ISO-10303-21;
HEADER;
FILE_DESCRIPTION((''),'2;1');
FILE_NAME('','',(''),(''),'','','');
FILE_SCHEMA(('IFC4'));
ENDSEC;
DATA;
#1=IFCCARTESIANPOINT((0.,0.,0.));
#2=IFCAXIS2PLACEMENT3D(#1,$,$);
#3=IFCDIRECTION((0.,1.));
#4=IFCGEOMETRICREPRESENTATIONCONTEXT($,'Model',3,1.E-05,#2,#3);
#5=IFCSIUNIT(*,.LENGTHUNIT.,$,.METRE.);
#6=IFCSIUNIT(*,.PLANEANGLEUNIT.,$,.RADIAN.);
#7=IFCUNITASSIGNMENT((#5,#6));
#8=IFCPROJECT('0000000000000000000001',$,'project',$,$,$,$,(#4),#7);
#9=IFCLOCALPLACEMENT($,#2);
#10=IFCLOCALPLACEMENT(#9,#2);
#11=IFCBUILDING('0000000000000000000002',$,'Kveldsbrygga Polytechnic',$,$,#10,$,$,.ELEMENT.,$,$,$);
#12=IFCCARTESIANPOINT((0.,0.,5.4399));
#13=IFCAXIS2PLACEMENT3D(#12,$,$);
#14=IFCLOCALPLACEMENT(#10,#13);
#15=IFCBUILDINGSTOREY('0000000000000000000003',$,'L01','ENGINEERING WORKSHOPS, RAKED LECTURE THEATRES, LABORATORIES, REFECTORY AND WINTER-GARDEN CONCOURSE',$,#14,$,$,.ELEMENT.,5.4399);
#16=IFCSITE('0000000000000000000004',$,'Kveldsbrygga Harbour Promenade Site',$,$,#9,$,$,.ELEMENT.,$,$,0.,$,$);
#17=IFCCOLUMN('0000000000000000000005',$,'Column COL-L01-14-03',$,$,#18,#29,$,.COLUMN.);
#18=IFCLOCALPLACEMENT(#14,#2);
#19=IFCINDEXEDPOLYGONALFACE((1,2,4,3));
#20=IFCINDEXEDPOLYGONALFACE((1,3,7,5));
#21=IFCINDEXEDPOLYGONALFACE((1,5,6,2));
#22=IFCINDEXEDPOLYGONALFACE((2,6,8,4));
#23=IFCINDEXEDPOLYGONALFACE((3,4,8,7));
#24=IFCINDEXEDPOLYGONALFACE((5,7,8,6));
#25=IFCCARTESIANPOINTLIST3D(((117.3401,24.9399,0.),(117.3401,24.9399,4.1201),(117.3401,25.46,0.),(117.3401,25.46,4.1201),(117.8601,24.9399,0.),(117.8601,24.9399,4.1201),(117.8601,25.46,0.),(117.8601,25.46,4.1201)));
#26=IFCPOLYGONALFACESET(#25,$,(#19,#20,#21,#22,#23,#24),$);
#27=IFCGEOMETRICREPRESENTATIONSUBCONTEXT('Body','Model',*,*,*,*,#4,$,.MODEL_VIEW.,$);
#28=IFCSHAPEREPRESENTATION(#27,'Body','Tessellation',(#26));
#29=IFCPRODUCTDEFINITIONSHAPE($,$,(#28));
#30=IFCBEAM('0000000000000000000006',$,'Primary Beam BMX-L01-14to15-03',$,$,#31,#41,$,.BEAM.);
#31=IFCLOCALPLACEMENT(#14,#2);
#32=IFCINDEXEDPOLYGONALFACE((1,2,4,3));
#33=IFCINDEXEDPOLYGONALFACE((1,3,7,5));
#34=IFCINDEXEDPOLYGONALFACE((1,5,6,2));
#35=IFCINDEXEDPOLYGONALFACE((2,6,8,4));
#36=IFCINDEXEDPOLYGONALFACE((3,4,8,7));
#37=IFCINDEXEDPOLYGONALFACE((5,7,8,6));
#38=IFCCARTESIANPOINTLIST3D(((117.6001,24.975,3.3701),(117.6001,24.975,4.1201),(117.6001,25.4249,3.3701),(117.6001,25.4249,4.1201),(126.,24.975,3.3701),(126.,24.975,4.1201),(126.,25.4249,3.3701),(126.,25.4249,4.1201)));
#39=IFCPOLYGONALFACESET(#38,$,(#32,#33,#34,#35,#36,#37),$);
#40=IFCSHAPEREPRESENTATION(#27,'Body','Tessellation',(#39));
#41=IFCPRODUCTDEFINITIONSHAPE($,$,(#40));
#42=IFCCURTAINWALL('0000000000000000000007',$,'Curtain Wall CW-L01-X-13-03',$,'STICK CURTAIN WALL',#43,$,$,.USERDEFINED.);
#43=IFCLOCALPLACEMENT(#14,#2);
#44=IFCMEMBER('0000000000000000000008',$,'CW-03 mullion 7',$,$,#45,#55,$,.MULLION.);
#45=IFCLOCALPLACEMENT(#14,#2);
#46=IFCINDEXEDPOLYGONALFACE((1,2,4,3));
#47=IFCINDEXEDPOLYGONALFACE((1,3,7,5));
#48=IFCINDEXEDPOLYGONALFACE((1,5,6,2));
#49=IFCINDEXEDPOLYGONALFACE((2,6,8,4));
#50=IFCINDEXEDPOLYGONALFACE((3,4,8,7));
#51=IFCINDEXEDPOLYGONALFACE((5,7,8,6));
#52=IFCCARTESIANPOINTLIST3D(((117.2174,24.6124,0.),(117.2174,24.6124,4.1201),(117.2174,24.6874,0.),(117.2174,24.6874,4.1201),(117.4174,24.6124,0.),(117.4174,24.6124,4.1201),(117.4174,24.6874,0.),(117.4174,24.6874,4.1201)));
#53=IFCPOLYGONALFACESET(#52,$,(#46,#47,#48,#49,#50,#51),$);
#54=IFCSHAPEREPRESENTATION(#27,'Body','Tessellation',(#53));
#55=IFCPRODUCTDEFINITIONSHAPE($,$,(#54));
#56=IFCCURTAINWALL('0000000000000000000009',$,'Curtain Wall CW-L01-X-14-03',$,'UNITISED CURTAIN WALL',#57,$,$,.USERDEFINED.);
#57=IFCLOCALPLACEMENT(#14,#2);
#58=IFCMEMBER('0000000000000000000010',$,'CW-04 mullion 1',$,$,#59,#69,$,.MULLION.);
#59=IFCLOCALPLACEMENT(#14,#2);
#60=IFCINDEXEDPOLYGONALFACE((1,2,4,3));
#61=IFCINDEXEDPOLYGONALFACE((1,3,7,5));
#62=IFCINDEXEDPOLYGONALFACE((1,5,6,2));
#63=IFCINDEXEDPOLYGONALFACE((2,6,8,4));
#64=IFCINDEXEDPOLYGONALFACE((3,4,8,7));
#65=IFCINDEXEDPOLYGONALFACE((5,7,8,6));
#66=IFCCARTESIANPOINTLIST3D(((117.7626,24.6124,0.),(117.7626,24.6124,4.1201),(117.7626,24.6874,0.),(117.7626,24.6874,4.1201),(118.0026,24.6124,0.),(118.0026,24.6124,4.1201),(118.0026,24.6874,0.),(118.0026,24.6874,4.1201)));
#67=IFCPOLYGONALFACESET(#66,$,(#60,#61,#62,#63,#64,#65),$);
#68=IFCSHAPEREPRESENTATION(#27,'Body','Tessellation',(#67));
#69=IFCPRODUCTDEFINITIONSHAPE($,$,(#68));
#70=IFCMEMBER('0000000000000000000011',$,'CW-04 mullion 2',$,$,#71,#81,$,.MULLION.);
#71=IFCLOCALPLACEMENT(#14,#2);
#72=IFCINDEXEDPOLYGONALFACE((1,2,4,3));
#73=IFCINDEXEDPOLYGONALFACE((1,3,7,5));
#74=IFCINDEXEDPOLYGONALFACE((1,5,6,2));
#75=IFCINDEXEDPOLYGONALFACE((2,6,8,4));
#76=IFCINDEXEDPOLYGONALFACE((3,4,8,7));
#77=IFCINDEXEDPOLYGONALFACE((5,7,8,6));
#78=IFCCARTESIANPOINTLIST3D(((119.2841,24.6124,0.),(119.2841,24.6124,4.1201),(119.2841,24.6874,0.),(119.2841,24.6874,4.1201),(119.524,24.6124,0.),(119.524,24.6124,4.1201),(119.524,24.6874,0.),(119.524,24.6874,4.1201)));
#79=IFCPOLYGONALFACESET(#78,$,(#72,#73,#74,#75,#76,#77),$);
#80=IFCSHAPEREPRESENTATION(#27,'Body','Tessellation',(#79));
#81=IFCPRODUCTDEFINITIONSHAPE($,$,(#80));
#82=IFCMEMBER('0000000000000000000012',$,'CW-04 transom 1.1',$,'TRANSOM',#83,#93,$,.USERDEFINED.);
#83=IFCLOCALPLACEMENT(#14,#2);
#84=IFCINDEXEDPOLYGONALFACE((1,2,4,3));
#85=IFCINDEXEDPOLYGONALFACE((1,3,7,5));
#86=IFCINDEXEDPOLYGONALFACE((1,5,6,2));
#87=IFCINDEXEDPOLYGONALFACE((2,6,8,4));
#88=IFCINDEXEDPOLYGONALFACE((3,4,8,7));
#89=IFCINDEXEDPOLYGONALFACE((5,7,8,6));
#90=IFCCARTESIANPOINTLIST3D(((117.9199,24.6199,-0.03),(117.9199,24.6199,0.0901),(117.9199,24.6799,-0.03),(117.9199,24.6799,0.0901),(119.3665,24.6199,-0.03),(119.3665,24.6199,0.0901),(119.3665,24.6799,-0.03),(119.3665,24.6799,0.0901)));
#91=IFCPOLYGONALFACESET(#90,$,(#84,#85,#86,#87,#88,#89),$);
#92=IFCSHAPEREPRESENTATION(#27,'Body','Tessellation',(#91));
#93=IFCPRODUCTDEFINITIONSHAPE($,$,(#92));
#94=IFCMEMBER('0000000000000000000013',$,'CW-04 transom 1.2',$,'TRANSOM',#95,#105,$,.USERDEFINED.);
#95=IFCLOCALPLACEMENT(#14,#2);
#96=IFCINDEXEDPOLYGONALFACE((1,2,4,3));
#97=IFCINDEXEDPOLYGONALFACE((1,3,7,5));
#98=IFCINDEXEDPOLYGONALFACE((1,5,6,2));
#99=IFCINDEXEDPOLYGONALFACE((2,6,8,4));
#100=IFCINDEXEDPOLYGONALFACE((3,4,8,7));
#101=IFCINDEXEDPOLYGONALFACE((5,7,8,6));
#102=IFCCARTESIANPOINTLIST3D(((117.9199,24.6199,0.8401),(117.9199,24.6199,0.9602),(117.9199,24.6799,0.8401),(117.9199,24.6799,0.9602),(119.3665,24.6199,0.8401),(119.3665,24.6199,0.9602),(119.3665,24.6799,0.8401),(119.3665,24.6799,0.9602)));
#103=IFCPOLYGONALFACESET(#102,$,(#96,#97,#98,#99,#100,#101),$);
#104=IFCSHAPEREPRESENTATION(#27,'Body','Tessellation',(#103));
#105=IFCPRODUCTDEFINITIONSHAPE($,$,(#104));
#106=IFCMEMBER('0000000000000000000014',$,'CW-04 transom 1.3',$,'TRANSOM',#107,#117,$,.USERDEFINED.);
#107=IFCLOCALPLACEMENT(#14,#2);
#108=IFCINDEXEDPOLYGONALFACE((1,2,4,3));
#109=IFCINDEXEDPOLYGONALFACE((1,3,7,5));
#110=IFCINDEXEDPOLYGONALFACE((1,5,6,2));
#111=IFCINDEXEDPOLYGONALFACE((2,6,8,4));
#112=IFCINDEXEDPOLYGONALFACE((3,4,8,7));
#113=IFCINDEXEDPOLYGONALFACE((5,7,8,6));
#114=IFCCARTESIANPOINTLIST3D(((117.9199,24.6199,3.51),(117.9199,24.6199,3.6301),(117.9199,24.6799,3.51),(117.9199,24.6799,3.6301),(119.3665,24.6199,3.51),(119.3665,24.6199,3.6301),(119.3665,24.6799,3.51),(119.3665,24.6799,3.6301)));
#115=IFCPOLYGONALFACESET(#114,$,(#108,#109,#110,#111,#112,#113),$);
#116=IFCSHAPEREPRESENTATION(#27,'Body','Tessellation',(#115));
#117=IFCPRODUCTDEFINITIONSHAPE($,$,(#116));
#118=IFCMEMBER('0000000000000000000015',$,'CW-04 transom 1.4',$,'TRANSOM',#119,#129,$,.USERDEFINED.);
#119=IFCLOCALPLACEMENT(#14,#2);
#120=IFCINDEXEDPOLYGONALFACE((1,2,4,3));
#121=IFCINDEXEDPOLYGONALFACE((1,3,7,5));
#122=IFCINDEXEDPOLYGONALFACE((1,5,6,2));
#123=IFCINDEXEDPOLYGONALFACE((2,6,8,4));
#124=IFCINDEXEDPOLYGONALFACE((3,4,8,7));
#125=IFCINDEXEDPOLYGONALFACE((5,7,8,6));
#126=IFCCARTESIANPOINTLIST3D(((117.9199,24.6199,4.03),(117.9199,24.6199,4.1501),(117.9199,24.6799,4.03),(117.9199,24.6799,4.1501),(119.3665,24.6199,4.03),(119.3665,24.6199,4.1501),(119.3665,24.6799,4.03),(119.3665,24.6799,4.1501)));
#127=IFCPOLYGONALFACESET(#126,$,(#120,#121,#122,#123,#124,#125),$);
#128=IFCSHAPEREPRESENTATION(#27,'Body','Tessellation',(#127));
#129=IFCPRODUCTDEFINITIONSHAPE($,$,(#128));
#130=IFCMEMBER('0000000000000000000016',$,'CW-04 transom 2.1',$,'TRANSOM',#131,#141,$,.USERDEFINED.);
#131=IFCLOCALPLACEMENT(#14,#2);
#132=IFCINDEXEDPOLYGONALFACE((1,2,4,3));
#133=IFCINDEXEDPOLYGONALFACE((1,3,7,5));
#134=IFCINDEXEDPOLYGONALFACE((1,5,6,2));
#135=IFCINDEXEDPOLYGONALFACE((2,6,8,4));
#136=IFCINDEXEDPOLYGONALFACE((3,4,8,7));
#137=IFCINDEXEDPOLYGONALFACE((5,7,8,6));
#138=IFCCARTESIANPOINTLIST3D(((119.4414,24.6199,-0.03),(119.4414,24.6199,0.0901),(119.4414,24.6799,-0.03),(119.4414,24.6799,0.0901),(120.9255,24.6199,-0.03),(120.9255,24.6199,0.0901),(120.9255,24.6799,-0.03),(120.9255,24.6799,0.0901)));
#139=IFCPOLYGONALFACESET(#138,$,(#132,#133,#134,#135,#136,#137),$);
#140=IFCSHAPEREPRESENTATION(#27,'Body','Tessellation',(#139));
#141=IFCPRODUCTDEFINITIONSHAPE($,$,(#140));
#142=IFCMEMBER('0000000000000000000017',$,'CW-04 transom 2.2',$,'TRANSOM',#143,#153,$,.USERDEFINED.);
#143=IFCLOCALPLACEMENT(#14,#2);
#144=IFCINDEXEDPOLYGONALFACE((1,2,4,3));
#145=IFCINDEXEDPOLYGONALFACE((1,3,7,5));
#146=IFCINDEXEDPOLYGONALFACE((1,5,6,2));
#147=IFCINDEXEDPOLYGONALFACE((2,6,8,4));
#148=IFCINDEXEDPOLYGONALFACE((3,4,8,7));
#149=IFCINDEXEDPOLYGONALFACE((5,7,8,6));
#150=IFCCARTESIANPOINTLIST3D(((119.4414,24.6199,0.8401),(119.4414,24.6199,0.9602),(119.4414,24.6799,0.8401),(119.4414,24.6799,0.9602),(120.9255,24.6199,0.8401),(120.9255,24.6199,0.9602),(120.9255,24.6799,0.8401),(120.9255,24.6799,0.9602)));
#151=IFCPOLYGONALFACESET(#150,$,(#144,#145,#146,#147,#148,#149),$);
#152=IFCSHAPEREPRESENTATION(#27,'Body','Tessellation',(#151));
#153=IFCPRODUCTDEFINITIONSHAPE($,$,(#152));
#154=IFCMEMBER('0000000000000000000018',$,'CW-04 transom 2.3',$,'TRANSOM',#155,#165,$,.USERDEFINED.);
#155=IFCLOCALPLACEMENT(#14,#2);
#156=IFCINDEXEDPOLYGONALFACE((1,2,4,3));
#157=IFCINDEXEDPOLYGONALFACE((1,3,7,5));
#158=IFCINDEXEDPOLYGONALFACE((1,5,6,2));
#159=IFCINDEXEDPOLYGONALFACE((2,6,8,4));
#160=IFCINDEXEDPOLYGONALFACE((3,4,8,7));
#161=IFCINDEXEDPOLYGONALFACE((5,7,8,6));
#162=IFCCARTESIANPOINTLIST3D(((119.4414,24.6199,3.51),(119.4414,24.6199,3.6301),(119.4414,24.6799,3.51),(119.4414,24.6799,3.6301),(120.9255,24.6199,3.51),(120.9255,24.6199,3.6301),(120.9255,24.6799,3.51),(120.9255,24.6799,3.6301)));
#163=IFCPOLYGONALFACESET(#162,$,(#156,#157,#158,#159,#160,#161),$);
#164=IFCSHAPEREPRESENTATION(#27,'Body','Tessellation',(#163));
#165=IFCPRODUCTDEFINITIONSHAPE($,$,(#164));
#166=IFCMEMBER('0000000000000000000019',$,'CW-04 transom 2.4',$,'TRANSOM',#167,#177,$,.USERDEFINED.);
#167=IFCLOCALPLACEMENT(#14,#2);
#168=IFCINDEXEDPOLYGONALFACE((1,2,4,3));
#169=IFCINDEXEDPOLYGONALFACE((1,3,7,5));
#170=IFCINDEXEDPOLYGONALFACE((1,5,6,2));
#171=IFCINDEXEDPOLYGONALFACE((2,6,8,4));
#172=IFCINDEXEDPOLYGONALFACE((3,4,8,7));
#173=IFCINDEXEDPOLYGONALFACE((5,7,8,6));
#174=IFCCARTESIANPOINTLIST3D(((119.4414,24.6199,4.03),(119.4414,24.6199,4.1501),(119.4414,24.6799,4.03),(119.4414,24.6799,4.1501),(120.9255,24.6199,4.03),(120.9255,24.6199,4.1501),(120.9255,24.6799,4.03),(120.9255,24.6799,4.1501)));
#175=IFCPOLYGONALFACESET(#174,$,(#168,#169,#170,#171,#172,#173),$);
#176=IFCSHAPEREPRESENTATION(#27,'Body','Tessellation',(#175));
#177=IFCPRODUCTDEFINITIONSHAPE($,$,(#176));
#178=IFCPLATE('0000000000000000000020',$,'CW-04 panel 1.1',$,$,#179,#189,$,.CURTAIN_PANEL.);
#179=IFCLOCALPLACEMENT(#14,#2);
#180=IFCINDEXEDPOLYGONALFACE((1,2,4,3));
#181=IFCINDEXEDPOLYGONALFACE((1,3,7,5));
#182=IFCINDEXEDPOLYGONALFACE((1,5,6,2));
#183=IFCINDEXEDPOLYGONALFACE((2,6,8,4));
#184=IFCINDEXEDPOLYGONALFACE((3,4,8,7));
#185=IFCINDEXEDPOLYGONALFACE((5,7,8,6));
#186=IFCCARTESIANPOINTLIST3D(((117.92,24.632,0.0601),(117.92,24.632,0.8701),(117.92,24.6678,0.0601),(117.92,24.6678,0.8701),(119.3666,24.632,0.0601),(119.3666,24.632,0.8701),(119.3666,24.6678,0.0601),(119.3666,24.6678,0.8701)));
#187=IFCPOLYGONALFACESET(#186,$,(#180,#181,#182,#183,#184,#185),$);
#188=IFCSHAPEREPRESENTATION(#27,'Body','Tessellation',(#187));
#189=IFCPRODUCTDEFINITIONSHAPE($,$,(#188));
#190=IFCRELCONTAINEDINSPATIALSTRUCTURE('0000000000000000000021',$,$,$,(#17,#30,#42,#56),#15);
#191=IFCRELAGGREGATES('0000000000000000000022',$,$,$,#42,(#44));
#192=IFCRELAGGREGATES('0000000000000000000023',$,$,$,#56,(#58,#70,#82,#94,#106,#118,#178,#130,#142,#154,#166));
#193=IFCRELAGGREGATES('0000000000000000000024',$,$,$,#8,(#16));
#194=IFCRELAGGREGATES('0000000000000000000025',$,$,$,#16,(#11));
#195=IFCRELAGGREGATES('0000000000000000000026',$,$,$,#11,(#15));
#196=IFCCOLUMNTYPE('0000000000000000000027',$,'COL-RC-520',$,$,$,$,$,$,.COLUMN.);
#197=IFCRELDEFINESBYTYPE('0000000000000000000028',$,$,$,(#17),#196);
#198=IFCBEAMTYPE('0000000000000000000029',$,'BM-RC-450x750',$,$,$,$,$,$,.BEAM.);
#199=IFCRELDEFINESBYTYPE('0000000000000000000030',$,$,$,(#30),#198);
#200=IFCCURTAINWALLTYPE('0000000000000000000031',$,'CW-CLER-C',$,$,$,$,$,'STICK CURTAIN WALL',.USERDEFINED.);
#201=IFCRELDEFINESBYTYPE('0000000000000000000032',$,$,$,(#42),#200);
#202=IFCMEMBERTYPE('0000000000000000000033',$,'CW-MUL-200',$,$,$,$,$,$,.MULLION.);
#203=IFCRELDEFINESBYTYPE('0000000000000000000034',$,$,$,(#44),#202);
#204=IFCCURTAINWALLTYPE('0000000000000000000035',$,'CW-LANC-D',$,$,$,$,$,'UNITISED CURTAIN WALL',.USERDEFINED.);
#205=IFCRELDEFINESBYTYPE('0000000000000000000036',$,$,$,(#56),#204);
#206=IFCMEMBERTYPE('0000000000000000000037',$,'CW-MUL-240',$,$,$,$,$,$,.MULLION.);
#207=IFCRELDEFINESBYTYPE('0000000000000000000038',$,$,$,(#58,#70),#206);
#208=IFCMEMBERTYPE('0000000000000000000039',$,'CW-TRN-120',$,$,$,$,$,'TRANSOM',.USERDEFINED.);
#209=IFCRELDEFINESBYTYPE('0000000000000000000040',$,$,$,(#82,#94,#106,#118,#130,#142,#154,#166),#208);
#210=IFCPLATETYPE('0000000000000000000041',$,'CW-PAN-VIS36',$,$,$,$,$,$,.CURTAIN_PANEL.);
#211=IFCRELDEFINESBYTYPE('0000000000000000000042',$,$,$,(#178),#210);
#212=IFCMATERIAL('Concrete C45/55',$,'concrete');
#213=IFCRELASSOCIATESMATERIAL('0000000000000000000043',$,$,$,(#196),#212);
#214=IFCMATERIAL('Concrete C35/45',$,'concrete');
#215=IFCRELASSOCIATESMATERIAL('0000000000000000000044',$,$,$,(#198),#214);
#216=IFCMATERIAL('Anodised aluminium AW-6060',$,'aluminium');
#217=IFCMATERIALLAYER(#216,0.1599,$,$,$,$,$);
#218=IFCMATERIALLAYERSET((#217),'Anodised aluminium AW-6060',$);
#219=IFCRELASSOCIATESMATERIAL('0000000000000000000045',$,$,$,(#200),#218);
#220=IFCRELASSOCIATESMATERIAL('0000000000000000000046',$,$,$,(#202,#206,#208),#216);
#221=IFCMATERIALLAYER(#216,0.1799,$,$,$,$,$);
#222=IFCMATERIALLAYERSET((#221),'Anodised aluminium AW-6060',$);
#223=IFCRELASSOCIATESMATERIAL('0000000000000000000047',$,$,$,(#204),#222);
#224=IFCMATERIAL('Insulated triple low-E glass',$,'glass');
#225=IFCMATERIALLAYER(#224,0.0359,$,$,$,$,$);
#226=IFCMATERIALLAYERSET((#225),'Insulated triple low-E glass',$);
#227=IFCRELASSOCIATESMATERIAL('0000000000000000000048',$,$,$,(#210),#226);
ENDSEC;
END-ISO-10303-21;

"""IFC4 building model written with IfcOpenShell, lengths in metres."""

from ifc_helpers import new_model, si_unit, direction, frame, origin, origin_2d, place, context, subcontext, project, spatial, rectangle, extrude, material, layer, layer_set, material_profile, profile_set, type_object, element, aggregate, save


model = new_model("IFC4")

# Units and contexts
model_context = context("Model", 3, precision=1e-05, world=origin(), true_north=direction((0.0, 1.0)))
body_context = subcontext(model_context, "Body", "Model", "MODEL_VIEW")
ifc_project = project(units=[si_unit("LENGTHUNIT", "METRE"), si_unit("PLANEANGLEUNIT", "RADIAN")], contexts=[model_context])

# Site, building, storey
site_placement = place(None, origin())
site = spatial("IfcSite", under=ifc_project, at=site_placement, Name="Kveldsbrygga Harbour Promenade Site", CompositionType="ELEMENT", RefElevation=0.0)
building_placement = place(site_placement, origin())
building = spatial("IfcBuilding", under=site, at=building_placement, Name="Kveldsbrygga Polytechnic", CompositionType="ELEMENT")
storey_placement = place(building_placement, frame((0.0, 0.0, 5.4399)))
storey = spatial("IfcBuildingStorey", under=building, at=storey_placement, Name="L01", Description="ENGINEERING WORKSHOPS, RAKED LECTURE THEATRES, LABORATORIES, REFECTORY AND WINTER-GARDEN CONCOURSE", CompositionType="ELEMENT", Elevation=5.4399)

# Column
ifc_material_1 = material(Name="Concrete C45/55", Category="concrete")
ifc_material_profile_1 = material_profile(ifc_material_1, rectangle(XDim=0.52, YDim=0.52, at=origin_2d()), Name="RC 520x520")
ifc_profile_set_1 = profile_set([ifc_material_profile_1], Name="Concrete C45/55")
column_type = type_object("IfcColumnType", Name="COL-RC-520", PredefinedType="COLUMN", material=ifc_profile_set_1)
column_placement = place(storey_placement, frame((117.6001, 25.2, 0.0), z_axis=(0.0, 0.0, 1.0), x_axis=(1.0, 0.0, 0.0)))
element("IfcColumn", 1, at=column_placement, inside=storey, type_object=column_type, Name="Column COL-L01-14-03", PredefinedType="COLUMN", context=body_context, shape_type="SweptSolid", body=[
    extrude(rectangle(XDim=0.52, YDim=0.52, at=origin_2d()), origin(), (0.0, 0.0, 1.0), 4.1201),
])

# Beam
ifc_material_2 = material(Name="Concrete C35/45", Category="concrete")
ifc_material_profile_2 = material_profile(ifc_material_2, rectangle(XDim=0.45, YDim=0.75, at=origin_2d()), Name="RC 450x750")
ifc_profile_set_2 = profile_set([ifc_material_profile_2], Name="Concrete C35/45")
beam_type = type_object("IfcBeamType", Name="BM-RC-450x750", PredefinedType="BEAM", material=ifc_profile_set_2)
beam_placement = place(storey_placement, frame((117.6001, 25.2, 3.7451), z_axis=(1.0, 0.0, 0.0), x_axis=(0.0, 1.0, 0.0)))
element("IfcBeam", 2, at=beam_placement, inside=storey, type_object=beam_type, Name="Primary Beam BMX-L01-14to15-03", PredefinedType="BEAM", context=body_context, shape_type="SweptSolid", body=[
    extrude(rectangle(XDim=0.45, YDim=0.75, at=origin_2d()), origin(), (0.0, 0.0, 1.0), 8.3999),
])

# Curtain wall, member
ifc_material_3 = material(Name="Anodised aluminium AW-6060", Category="aluminium")
ifc_layer_1 = layer(ifc_material_3, 0.1599)
ifc_layer_set_1 = layer_set([ifc_layer_1], Name="Anodised aluminium AW-6060")
curtain_wall_type_1 = type_object("IfcCurtainWallType", Name="CW-CLER-C", ElementType="STICK CURTAIN WALL", PredefinedType="USERDEFINED", material=ifc_layer_set_1)
curtain_wall_1_placement = place(storey_placement, origin())
curtain_wall_1 = element("IfcCurtainWall", 3, at=curtain_wall_1_placement, inside=storey, type_object=curtain_wall_type_1, Name="Curtain Wall CW-L01-X-13-03", ObjectType="STICK CURTAIN WALL", PredefinedType="USERDEFINED")
ifc_material_profile_3 = material_profile(ifc_material_3, rectangle(XDim=0.075, YDim=0.2, at=origin_2d()), Name="ALU 75x200")
ifc_profile_set_3 = profile_set([ifc_material_profile_3], Name="Anodised aluminium AW-6060")
member_type_1 = type_object("IfcMemberType", Name="CW-MUL-200", PredefinedType="MULLION", material=ifc_profile_set_3)
member_1_placement = place(storey_placement, frame((117.3174, 24.6499, 0.0), z_axis=(0.0, 0.0, 1.0), x_axis=(0.0, 1.0, 0.0)))
member_1 = element("IfcMember", 4, at=member_1_placement, type_object=member_type_1, Name="CW-03 mullion 7", PredefinedType="MULLION", context=body_context, shape_type="SweptSolid", body=[
    extrude(rectangle(XDim=0.075, YDim=0.2, at=origin_2d()), origin(), (0.0, 0.0, 1.0), 4.1201),
])
aggregate(curtain_wall_1, [member_1])

# Curtain wall, members, plate
ifc_layer_2 = layer(ifc_material_3, 0.1799)
ifc_layer_set_2 = layer_set([ifc_layer_2], Name="Anodised aluminium AW-6060")
curtain_wall_type_2 = type_object("IfcCurtainWallType", Name="CW-LANC-D", ElementType="UNITISED CURTAIN WALL", PredefinedType="USERDEFINED", material=ifc_layer_set_2)
curtain_wall_2_placement = place(storey_placement, origin())
curtain_wall_2 = element("IfcCurtainWall", 5, at=curtain_wall_2_placement, inside=storey, type_object=curtain_wall_type_2, Name="Curtain Wall CW-L01-X-14-03", ObjectType="UNITISED CURTAIN WALL", PredefinedType="USERDEFINED")
ifc_material_profile_4 = material_profile(ifc_material_3, rectangle(XDim=0.075, YDim=0.24, at=origin_2d()), Name="ALU 75x240")
ifc_profile_set_4 = profile_set([ifc_material_profile_4], Name="Anodised aluminium AW-6060")
member_type_2 = type_object("IfcMemberType", Name="CW-MUL-240", PredefinedType="MULLION", material=ifc_profile_set_4)
member_2_placement = place(storey_placement, frame((117.8826, 24.6499, 0.0), z_axis=(0.0, 0.0, 1.0), x_axis=(0.0, 1.0, 0.0)))
member_2 = element("IfcMember", 6, at=member_2_placement, type_object=member_type_2, Name="CW-04 mullion 1", PredefinedType="MULLION", context=body_context, shape_type="SweptSolid", body=[
    extrude(rectangle(XDim=0.075, YDim=0.24, at=origin_2d()), origin(), (0.0, 0.0, 1.0), 4.1201),
])
member_3_placement = place(storey_placement, frame((119.4041, 24.6499, 0.0), z_axis=(0.0, 0.0, 1.0), x_axis=(0.0, 1.0, 0.0)))
member_3 = element("IfcMember", 7, at=member_3_placement, type_object=member_type_2, Name="CW-04 mullion 2", PredefinedType="MULLION", context=body_context, shape_type="SweptSolid", body=[
    extrude(rectangle(XDim=0.075, YDim=0.24, at=origin_2d()), origin(), (0.0, 0.0, 1.0), 4.1201),
])
ifc_material_profile_5 = material_profile(ifc_material_3, rectangle(XDim=0.0601, YDim=0.1201, at=origin_2d()), Name="ALU 60x120")
ifc_profile_set_5 = profile_set([ifc_material_profile_5], Name="Anodised aluminium AW-6060")
member_type_3 = type_object("IfcMemberType", Name="CW-TRN-120", ElementType="TRANSOM", PredefinedType="USERDEFINED", material=ifc_profile_set_5)
member_4_placement = place(storey_placement, frame((117.9199, 24.6499, 0.03), z_axis=(1.0, 0.0, 0.0), x_axis=(0.0, 1.0, 0.0)))
member_4 = element("IfcMember", 8, at=member_4_placement, type_object=member_type_3, Name="CW-04 transom 1.1", ObjectType="TRANSOM", PredefinedType="USERDEFINED", context=body_context, shape_type="SweptSolid", body=[
    extrude(rectangle(XDim=0.0601, YDim=0.1201, at=origin_2d()), origin(), (0.0, 0.0, 1.0), 1.4465),
])
member_5_placement = place(storey_placement, frame((117.9199, 24.6499, 0.9001), z_axis=(1.0, 0.0, 0.0), x_axis=(0.0, 1.0, 0.0)))
member_5 = element("IfcMember", 9, at=member_5_placement, type_object=member_type_3, Name="CW-04 transom 1.2", ObjectType="TRANSOM", PredefinedType="USERDEFINED", context=body_context, shape_type="SweptSolid", body=[
    extrude(rectangle(XDim=0.0601, YDim=0.1201, at=origin_2d()), origin(), (0.0, 0.0, 1.0), 1.4465),
])
member_6_placement = place(storey_placement, frame((117.9199, 24.6499, 3.5701), z_axis=(1.0, 0.0, 0.0), x_axis=(0.0, 1.0, 0.0)))
member_6 = element("IfcMember", 10, at=member_6_placement, type_object=member_type_3, Name="CW-04 transom 1.3", ObjectType="TRANSOM", PredefinedType="USERDEFINED", context=body_context, shape_type="SweptSolid", body=[
    extrude(rectangle(XDim=0.0601, YDim=0.1201, at=origin_2d()), origin(), (0.0, 0.0, 1.0), 1.4465),
])
member_7_placement = place(storey_placement, frame((117.9199, 24.6499, 4.0901), z_axis=(1.0, 0.0, 0.0), x_axis=(0.0, 1.0, 0.0)))
member_7 = element("IfcMember", 11, at=member_7_placement, type_object=member_type_3, Name="CW-04 transom 1.4", ObjectType="TRANSOM", PredefinedType="USERDEFINED", context=body_context, shape_type="SweptSolid", body=[
    extrude(rectangle(XDim=0.0601, YDim=0.1201, at=origin_2d()), origin(), (0.0, 0.0, 1.0), 1.4465),
])
member_8_placement = place(storey_placement, frame((119.4414, 24.6499, 0.03), z_axis=(1.0, 0.0, 0.0), x_axis=(0.0, 1.0, 0.0)))
member_8 = element("IfcMember", 12, at=member_8_placement, type_object=member_type_3, Name="CW-04 transom 2.1", ObjectType="TRANSOM", PredefinedType="USERDEFINED", context=body_context, shape_type="SweptSolid", body=[
    extrude(rectangle(XDim=0.0601, YDim=0.1201, at=origin_2d()), origin(), (0.0, 0.0, 1.0), 1.4841),
])
member_9_placement = place(storey_placement, frame((119.4414, 24.6499, 0.9001), z_axis=(1.0, 0.0, 0.0), x_axis=(0.0, 1.0, 0.0)))
member_9 = element("IfcMember", 13, at=member_9_placement, type_object=member_type_3, Name="CW-04 transom 2.2", ObjectType="TRANSOM", PredefinedType="USERDEFINED", context=body_context, shape_type="SweptSolid", body=[
    extrude(rectangle(XDim=0.0601, YDim=0.1201, at=origin_2d()), origin(), (0.0, 0.0, 1.0), 1.4841),
])
member_10_placement = place(storey_placement, frame((119.4414, 24.6499, 3.5701), z_axis=(1.0, 0.0, 0.0), x_axis=(0.0, 1.0, 0.0)))
member_10 = element("IfcMember", 14, at=member_10_placement, type_object=member_type_3, Name="CW-04 transom 2.3", ObjectType="TRANSOM", PredefinedType="USERDEFINED", context=body_context, shape_type="SweptSolid", body=[
    extrude(rectangle(XDim=0.0601, YDim=0.1201, at=origin_2d()), origin(), (0.0, 0.0, 1.0), 1.4841),
])
member_11_placement = place(storey_placement, frame((119.4414, 24.6499, 4.0901), z_axis=(1.0, 0.0, 0.0), x_axis=(0.0, 1.0, 0.0)))
member_11 = element("IfcMember", 15, at=member_11_placement, type_object=member_type_3, Name="CW-04 transom 2.4", ObjectType="TRANSOM", PredefinedType="USERDEFINED", context=body_context, shape_type="SweptSolid", body=[
    extrude(rectangle(XDim=0.0601, YDim=0.1201, at=origin_2d()), origin(), (0.0, 0.0, 1.0), 1.4841),
])
ifc_material_4 = material(Name="Insulated triple low-E glass", Category="glass")
ifc_layer_3 = layer(ifc_material_4, 0.0359)
ifc_layer_set_3 = layer_set([ifc_layer_3], Name="Insulated triple low-E glass")
plate_type = type_object("IfcPlateType", Name="CW-PAN-VIS36", PredefinedType="CURTAIN_PANEL", material=ifc_layer_set_3)
plate_1_placement = place(storey_placement, frame((118.6433, 24.6499, 0.0601), z_axis=(0.0, 0.0, 1.0), x_axis=(1.0, 0.0, 0.0)))
plate_1 = element("IfcPlate", 16, at=plate_1_placement, type_object=plate_type, Name="CW-04 panel 1.1", PredefinedType="CURTAIN_PANEL", context=body_context, shape_type="SweptSolid", body=[
    extrude(rectangle(XDim=1.4465, YDim=0.0359, at=origin_2d()), origin(), (0.0, 0.0, 1.0), 0.8101),
])
aggregate(curtain_wall_2, [member_2, member_3, member_4, member_5, member_6, member_7, plate_1, member_8, member_9, member_10, member_11])

save(model, "model.ifc")
